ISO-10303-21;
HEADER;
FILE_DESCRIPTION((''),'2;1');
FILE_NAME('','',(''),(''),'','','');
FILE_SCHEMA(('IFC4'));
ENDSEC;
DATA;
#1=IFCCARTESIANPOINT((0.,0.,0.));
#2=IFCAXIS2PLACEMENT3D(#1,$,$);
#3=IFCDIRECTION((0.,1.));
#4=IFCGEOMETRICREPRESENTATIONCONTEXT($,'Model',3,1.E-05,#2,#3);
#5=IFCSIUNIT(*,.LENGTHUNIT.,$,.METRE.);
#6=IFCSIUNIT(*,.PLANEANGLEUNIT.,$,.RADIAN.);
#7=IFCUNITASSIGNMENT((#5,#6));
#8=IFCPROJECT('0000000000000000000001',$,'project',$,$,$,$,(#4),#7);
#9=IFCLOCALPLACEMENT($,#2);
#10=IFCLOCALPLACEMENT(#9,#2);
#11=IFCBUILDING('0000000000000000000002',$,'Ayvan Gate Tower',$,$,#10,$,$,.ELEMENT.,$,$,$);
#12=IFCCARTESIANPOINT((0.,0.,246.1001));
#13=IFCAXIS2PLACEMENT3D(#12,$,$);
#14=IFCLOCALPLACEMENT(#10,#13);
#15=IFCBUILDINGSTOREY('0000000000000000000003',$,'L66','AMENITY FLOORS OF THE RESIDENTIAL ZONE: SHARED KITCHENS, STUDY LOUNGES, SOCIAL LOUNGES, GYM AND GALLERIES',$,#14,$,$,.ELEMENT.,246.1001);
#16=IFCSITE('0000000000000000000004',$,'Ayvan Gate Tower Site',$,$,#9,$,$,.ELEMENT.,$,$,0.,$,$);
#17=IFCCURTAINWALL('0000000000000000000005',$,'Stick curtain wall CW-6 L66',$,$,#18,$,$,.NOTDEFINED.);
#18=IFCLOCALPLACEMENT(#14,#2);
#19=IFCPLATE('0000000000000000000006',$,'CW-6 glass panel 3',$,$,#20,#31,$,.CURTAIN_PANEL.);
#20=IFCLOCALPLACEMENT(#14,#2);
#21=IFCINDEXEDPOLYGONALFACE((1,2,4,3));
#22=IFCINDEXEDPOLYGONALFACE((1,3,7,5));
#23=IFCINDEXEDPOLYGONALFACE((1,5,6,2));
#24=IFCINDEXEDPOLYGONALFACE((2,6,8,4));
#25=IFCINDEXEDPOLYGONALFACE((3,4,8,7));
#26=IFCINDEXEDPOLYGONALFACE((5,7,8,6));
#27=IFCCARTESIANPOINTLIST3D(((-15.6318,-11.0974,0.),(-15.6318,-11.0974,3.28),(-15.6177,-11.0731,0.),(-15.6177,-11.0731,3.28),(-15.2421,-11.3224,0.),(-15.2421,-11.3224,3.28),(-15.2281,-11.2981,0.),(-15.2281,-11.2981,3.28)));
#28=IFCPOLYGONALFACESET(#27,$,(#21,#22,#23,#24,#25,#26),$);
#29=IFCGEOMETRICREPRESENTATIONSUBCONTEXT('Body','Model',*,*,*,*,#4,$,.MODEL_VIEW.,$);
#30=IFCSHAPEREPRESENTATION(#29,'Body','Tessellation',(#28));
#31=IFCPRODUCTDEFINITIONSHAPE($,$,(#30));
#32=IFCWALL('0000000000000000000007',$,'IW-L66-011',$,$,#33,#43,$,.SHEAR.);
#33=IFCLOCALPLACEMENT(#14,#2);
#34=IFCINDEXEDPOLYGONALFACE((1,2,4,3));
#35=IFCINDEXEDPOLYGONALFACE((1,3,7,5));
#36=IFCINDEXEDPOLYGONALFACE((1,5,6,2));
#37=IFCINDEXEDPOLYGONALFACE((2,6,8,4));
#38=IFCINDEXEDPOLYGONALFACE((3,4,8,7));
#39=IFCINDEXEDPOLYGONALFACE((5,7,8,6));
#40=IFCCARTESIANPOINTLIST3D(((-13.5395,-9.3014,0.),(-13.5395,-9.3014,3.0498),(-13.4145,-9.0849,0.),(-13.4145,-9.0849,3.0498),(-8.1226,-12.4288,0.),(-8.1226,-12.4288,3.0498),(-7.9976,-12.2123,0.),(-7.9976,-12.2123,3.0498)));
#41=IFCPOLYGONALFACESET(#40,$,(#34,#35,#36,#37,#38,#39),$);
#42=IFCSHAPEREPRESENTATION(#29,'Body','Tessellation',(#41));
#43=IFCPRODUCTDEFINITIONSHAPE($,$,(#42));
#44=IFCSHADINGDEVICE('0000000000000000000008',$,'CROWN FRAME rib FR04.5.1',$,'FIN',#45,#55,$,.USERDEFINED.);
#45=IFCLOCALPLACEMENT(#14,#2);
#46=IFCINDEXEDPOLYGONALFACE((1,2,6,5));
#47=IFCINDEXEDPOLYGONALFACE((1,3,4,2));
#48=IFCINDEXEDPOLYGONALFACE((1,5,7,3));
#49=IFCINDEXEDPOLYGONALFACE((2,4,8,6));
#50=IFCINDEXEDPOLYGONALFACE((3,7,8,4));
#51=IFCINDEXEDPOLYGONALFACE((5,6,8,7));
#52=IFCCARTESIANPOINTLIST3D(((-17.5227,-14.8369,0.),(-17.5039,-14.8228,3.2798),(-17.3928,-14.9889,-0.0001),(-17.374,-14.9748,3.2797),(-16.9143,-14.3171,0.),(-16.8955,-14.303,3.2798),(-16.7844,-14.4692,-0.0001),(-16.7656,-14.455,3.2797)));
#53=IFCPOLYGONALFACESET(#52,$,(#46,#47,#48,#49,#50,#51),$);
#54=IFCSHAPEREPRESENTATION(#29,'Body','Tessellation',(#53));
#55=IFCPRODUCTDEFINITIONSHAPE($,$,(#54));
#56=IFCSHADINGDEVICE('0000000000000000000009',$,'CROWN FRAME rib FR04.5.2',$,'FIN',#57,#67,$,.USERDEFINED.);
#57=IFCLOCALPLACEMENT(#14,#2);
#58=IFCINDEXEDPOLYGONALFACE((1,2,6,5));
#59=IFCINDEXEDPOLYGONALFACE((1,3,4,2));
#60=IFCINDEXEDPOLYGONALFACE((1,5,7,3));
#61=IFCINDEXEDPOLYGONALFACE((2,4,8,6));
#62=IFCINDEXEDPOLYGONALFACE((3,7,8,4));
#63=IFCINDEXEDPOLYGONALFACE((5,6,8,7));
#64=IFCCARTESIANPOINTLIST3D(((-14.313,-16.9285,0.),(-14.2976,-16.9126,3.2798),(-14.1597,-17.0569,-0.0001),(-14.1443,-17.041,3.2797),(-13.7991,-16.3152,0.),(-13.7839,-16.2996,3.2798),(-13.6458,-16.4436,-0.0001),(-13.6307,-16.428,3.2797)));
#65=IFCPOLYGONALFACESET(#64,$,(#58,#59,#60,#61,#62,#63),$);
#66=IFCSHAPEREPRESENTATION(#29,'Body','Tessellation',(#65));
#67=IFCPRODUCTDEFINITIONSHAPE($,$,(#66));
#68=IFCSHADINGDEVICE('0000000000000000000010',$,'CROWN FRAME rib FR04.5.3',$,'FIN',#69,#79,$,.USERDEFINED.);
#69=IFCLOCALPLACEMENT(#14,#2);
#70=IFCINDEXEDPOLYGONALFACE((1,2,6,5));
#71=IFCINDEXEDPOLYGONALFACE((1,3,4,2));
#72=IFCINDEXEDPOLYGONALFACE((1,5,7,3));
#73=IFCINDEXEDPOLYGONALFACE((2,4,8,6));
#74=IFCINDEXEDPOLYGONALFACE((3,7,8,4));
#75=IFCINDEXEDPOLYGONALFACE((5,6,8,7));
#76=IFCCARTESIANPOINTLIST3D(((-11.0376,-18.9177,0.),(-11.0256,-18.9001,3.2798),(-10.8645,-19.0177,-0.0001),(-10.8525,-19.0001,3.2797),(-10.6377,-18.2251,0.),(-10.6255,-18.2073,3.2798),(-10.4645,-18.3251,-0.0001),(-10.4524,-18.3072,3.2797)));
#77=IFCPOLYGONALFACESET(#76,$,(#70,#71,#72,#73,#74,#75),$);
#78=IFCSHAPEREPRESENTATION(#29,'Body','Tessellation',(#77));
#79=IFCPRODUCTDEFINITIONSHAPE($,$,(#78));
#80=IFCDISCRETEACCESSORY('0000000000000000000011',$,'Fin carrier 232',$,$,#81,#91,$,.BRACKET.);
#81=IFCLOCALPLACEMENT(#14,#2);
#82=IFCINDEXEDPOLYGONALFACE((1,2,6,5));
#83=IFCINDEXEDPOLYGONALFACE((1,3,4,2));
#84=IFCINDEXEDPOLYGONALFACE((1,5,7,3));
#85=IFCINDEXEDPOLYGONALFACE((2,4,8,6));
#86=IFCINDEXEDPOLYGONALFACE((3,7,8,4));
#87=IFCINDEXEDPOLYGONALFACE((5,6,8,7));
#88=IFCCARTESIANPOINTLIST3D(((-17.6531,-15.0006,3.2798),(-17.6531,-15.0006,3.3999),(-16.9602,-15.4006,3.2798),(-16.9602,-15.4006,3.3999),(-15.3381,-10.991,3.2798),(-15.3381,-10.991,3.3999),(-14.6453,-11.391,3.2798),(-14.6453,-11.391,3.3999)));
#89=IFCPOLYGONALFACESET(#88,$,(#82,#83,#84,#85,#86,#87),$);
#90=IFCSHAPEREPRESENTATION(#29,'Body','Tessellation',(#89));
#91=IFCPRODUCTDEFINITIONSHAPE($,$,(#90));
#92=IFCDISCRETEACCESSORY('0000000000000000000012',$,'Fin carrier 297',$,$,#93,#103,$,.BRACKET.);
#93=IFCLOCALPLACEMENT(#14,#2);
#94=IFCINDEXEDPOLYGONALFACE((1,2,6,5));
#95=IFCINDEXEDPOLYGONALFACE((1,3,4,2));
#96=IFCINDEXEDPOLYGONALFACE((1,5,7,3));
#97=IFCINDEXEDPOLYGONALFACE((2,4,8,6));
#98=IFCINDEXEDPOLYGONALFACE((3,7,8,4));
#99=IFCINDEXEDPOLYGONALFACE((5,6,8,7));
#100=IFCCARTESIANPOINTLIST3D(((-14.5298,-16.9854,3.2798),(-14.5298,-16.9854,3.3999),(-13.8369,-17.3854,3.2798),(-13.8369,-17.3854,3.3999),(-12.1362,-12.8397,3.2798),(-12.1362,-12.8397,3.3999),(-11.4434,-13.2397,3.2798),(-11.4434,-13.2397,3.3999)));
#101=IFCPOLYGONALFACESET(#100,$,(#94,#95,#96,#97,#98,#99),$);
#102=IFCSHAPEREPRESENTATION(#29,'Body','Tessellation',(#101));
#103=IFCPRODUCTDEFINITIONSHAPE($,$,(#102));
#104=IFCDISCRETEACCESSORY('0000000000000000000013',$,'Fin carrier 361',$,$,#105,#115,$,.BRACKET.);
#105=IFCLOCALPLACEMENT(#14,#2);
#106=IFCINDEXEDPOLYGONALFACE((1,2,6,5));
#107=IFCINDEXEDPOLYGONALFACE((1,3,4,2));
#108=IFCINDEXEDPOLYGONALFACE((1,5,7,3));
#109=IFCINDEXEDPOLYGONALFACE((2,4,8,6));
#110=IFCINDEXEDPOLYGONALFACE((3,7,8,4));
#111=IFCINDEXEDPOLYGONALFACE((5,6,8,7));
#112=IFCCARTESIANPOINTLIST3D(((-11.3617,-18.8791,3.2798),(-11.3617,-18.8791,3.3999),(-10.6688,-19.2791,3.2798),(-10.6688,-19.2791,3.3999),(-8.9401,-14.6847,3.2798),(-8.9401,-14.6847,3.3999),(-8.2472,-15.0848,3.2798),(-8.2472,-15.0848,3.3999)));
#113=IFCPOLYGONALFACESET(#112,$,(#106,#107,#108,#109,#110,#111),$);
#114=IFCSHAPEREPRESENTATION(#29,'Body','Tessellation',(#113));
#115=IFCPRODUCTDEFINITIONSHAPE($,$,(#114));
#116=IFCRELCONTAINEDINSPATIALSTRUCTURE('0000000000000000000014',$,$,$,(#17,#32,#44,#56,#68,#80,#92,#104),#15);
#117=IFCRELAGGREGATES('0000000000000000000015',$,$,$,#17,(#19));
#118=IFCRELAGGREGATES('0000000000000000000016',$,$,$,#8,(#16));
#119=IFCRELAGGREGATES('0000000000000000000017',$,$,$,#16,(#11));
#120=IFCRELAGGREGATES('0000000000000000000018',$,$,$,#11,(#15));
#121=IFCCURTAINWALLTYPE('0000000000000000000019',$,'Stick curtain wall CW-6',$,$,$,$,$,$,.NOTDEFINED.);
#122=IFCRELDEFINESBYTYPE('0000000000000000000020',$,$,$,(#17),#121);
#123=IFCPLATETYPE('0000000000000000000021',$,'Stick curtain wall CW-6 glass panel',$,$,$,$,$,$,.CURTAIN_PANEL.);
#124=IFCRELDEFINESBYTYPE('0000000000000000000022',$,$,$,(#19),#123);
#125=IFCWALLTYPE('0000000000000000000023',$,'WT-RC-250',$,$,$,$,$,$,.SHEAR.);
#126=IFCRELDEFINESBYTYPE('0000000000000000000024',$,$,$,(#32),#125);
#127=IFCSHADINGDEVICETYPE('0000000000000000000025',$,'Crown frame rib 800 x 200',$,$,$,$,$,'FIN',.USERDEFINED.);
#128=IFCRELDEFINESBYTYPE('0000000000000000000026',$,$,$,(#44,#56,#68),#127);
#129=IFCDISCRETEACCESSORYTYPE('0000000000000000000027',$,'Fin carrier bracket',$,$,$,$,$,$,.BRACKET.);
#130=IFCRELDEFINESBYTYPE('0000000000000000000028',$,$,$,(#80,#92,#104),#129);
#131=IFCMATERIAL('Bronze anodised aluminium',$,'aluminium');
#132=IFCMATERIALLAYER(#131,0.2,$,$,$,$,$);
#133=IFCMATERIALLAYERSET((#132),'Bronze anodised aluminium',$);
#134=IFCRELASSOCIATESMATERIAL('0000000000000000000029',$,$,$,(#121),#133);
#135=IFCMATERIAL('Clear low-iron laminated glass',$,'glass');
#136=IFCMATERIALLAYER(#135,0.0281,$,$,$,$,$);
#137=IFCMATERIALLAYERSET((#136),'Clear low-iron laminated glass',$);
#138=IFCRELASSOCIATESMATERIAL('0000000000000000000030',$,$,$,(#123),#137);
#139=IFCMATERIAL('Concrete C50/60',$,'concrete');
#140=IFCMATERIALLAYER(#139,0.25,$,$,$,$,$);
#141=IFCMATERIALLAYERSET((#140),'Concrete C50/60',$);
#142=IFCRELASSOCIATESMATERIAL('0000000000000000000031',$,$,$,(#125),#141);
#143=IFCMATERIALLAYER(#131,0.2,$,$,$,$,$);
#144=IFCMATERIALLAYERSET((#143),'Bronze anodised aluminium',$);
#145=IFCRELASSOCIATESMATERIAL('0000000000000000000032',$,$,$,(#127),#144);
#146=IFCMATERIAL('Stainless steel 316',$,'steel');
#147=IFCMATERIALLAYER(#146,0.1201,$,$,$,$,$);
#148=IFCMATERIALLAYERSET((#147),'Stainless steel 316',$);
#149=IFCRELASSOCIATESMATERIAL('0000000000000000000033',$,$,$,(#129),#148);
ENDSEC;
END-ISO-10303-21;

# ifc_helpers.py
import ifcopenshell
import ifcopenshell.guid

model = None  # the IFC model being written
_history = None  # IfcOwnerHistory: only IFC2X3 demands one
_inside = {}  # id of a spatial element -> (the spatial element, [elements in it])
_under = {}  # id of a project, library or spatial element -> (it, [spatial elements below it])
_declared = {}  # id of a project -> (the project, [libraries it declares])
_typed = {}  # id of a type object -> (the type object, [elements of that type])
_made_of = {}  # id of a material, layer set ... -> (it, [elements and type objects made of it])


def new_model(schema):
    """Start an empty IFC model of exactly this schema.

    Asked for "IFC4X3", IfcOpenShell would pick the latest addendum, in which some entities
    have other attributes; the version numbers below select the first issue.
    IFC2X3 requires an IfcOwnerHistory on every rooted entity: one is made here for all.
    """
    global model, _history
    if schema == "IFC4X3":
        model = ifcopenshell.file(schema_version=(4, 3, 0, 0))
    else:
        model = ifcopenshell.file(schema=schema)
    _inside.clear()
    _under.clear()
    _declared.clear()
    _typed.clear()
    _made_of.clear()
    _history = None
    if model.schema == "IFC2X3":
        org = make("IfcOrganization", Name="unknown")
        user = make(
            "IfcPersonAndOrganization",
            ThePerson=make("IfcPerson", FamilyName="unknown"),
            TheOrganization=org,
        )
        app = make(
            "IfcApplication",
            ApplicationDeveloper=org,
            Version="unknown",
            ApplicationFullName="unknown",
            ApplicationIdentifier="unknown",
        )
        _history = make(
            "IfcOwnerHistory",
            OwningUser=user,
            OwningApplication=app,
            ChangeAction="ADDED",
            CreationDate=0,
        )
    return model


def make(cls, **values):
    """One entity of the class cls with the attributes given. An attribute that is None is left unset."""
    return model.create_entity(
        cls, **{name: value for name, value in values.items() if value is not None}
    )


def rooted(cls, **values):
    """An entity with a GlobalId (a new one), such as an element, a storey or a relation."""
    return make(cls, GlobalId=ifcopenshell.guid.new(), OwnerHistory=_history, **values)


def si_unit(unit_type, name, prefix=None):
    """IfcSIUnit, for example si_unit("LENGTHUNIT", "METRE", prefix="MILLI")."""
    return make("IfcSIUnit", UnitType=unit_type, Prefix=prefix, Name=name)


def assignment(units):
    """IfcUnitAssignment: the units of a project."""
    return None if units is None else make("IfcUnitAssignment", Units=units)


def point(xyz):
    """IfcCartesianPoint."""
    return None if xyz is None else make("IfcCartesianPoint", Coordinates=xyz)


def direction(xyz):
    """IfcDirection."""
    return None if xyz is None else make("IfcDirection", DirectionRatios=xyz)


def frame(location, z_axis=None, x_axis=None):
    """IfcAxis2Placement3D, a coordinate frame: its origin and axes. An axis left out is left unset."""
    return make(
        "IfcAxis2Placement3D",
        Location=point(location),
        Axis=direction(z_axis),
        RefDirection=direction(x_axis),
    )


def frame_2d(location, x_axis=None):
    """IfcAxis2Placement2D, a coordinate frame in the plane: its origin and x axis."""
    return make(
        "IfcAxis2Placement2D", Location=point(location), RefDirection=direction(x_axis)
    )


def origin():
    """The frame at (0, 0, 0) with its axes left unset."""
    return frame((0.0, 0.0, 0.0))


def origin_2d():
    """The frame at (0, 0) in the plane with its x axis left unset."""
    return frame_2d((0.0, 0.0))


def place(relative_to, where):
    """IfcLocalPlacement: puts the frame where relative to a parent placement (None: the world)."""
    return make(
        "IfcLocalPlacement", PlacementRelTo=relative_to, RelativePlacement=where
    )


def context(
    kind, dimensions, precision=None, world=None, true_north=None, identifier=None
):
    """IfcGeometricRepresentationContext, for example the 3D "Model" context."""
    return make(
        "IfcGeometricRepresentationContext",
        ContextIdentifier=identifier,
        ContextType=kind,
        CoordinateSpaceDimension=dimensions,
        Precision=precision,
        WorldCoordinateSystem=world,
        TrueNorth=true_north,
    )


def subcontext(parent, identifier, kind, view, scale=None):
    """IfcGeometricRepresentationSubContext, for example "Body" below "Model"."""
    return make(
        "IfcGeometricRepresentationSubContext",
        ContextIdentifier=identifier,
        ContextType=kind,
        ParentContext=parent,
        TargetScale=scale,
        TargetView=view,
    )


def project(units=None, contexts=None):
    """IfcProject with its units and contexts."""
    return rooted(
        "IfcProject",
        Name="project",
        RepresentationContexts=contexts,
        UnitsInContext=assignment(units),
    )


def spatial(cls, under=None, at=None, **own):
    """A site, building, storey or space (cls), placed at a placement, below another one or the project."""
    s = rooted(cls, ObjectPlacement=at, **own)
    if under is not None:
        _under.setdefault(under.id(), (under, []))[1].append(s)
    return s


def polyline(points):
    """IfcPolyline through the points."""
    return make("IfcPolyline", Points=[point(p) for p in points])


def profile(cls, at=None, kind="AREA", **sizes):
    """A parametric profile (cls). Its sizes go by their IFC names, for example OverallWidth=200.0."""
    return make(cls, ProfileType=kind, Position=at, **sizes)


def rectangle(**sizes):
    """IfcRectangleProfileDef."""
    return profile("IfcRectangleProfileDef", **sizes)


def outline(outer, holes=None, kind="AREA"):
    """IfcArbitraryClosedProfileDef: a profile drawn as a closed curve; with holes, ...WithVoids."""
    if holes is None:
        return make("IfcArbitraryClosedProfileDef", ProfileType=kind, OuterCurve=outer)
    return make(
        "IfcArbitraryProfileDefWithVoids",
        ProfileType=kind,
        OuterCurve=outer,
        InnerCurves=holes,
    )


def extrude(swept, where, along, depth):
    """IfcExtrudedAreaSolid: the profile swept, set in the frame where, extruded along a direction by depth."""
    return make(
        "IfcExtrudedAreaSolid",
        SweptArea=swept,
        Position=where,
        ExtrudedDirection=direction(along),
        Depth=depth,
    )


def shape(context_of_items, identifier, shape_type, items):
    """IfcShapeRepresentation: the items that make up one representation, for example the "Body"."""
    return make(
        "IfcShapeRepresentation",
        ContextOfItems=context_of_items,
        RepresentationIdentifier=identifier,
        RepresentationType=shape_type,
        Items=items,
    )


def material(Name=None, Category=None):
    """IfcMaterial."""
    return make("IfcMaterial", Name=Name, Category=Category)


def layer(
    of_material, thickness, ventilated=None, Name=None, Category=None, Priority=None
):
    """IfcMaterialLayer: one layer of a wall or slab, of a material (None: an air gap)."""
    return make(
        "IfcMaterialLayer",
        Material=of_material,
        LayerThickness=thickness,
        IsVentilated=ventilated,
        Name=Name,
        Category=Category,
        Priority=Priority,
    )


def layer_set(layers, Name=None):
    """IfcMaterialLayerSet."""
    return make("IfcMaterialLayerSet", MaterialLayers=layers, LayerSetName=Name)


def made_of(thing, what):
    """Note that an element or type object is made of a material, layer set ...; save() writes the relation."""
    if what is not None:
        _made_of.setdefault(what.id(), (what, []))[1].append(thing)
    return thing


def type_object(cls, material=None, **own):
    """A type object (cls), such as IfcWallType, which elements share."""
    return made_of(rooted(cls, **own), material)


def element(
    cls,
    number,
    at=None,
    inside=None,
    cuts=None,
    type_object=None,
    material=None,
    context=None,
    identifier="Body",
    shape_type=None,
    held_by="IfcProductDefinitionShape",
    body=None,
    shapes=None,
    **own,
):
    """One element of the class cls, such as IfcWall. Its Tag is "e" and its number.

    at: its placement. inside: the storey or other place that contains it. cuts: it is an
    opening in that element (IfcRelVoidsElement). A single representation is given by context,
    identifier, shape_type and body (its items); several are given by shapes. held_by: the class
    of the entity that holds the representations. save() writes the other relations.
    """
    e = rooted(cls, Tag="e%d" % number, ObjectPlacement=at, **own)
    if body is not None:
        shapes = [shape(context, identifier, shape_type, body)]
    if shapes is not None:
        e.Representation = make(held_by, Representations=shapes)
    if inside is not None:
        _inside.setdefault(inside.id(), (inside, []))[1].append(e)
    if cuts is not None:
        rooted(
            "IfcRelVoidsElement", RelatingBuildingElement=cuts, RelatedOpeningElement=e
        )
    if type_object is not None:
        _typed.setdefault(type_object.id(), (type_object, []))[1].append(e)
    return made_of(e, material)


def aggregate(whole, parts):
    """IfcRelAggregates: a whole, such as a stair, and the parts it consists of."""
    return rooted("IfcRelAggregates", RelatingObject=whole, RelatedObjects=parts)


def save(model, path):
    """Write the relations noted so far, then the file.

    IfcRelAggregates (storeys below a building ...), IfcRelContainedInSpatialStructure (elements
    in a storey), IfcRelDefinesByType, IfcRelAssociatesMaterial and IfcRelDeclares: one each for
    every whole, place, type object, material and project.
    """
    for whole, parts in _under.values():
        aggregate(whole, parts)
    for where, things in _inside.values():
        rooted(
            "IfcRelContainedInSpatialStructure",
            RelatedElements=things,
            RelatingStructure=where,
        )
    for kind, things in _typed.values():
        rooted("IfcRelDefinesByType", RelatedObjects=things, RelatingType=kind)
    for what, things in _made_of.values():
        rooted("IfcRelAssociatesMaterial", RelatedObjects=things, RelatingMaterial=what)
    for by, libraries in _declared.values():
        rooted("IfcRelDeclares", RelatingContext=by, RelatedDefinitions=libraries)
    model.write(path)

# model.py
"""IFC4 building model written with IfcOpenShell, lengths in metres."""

from ifc_helpers import new_model, si_unit, direction, frame, frame_2d, origin, origin_2d, place, context, subcontext, project, spatial, polyline, rectangle, outline, extrude, material, layer, layer_set, type_object, element, aggregate, save


model = new_model("IFC4")

# Units and contexts
model_context = context("Model", 3, precision=1e-05, world=origin(), true_north=direction((0.0, 1.0)))
body_context = subcontext(model_context, "Body", "Model", "MODEL_VIEW")
ifc_project = project(units=[si_unit("LENGTHUNIT", "METRE"), si_unit("PLANEANGLEUNIT", "RADIAN")], contexts=[model_context])

# Site, building, storey
site_placement = place(None, origin())
site = spatial("IfcSite", under=ifc_project, at=site_placement, Name="Ayvan Gate Tower Site", CompositionType="ELEMENT", RefElevation=0.0)
building_placement = place(site_placement, origin())
building = spatial("IfcBuilding", under=site, at=building_placement, Name="Ayvan Gate Tower", CompositionType="ELEMENT")
storey_placement = place(building_placement, frame((0.0, 0.0, 246.1001)))
storey = spatial("IfcBuildingStorey", under=building, at=storey_placement, Name="L66", Description="AMENITY FLOORS OF THE RESIDENTIAL ZONE: SHARED KITCHENS, STUDY LOUNGES, SOCIAL LOUNGES, GYM AND GALLERIES", CompositionType="ELEMENT", Elevation=246.1001)

# Shared definitions
ifc_material_1 = material(Name="Concrete C50/60", Category="concrete")

# Shared definitions
ifc_material_2 = material(Name="Bronze anodised aluminium", Category="aluminium")

# Curtain wall
ifc_layer_1 = layer(ifc_material_2, 0.2)
ifc_layer_set_1 = layer_set([ifc_layer_1], Name="Bronze anodised aluminium")
curtain_wall_type_1 = type_object("IfcCurtainWallType", Name="Stick curtain wall CW-6", PredefinedType="NOTDEFINED", material=ifc_layer_set_1)
curtain_wall_1_placement = place(storey_placement, origin())
curtain_wall_1 = element("IfcCurtainWall", 1, at=curtain_wall_1_placement, inside=storey, type_object=curtain_wall_type_1, Name="Stick curtain wall CW-6 L66", PredefinedType="NOTDEFINED")

# Plate
ifc_material_3 = material(Name="Clear low-iron laminated glass", Category="glass")
ifc_layer_2 = layer(ifc_material_3, 0.0281)
ifc_layer_set_2 = layer_set([ifc_layer_2], Name="Clear low-iron laminated glass")
plate_type_1 = type_object("IfcPlateType", Name="Stick curtain wall CW-6 glass panel", PredefinedType="CURTAIN_PANEL", material=ifc_layer_set_2)
plate_1_placement = place(storey_placement, frame((-15.4299, -11.1978, 0.0), z_axis=(0.0, 0.0, 1.0), x_axis=(0.866025, -0.5, 0.0)))
plate_1 = element("IfcPlate", 2, at=plate_1_placement, type_object=plate_type_1, Name="CW-6 glass panel 3", PredefinedType="CURTAIN_PANEL", context=body_context, shape_type="SweptSolid", body=[
    extrude(rectangle(XDim=0.45, YDim=0.0281, at=origin_2d()), origin(), (0.0, 0.0, 1.0), 3.28),
])
aggregate(curtain_wall_1, [plate_1])

# Wall
ifc_layer_3 = layer(ifc_material_1, 0.25)
ifc_layer_set_3 = layer_set([ifc_layer_3], Name="Concrete C50/60")
wall_type = type_object("IfcWallType", Name="WT-RC-250", PredefinedType="SHEAR", material=ifc_layer_set_3)
wall_placement = place(storey_placement, frame((-8.0601, -12.3206, 0.0), z_axis=(0.0, 0.0, 1.0), x_axis=(-0.86603, 0.499993, 0.0)))
element("IfcWall", 3, at=wall_placement, inside=storey, type_object=wall_type, Name="IW-L66-011", PredefinedType="SHEAR", context=body_context, shape_type="SweptSolid", body=[
    extrude(rectangle(XDim=6.2549, YDim=0.25, at=frame_2d((3.1274, 0.0))), origin(), (0.0, 0.0, 1.0), 3.0498),
])

# Shading devices
ifc_layer_4 = layer(ifc_material_2, 0.2)
ifc_layer_set_4 = layer_set([ifc_layer_4], Name="Bronze anodised aluminium")
shading_device_type = type_object("IfcShadingDeviceType", Name="Crown frame rib 800 x 200", ElementType="FIN", PredefinedType="USERDEFINED", material=ifc_layer_set_4)
shading_device_1_placement = place(storey_placement, frame((-16.9143, -14.3171, 0.0), z_axis=(-0.649559, 0.760311, 0.000441), x_axis=(-0.760311, -0.649559, 0.0)))
element("IfcShadingDevice", 4, at=shading_device_1_placement, inside=storey, type_object=shading_device_type, Name="CROWN FRAME rib FR04.5.1", ObjectType="FIN", PredefinedType="USERDEFINED", context=body_context, shape_type="SweptSolid", body=[
    extrude(outline(polyline([(0.0, 0.0), (0.8002, 0.0), (0.7767, 3.2798), (-0.0235, 3.2798), (0.0, 0.0)])), origin(), (0.0, 0.0, -1.0), 0.2),
])
shading_device_2_placement = place(storey_placement, frame((-13.7991, -16.3152, 0.0), z_axis=(-0.76648, 0.642268, 0.000482), x_axis=(-0.642268, -0.76648, 0.0)))
element("IfcShadingDevice", 5, at=shading_device_2_placement, inside=storey, type_object=shading_device_type, Name="CROWN FRAME rib FR04.5.2", ObjectType="FIN", PredefinedType="USERDEFINED", context=body_context, shape_type="SweptSolid", body=[
    extrude(outline(polyline([(0.0, 0.0), (0.8001, 0.0), (0.7781, 3.2798), (-0.0217, 3.2798), (0.0, 0.0)])), origin(), (0.0, 0.0, -1.0), 0.2),
])
shading_device_3_placement = place(storey_placement, frame((-10.6377, -18.2251, 0.0), z_axis=(-0.86599, 0.500061, 0.000492), x_axis=(-0.500061, -0.86599, 0.0)))
element("IfcShadingDevice", 6, at=shading_device_3_placement, inside=storey, type_object=shading_device_type, Name="CROWN FRAME rib FR04.5.3", ObjectType="FIN", PredefinedType="USERDEFINED", context=body_context, shape_type="SweptSolid", body=[
    extrude(outline(polyline([(0.0, 0.0), (0.7998, 0.0), (0.7786, 3.2798), (-0.0215, 3.2798), (0.0, 0.0)])), origin(), (0.0, 0.0, -1.0), 0.2),
])

# Discrete accessories
ifc_material_4 = material(Name="Stainless steel 316", Category="steel")
ifc_layer_5 = layer(ifc_material_4, 0.1201)
ifc_layer_set_5 = layer_set([ifc_layer_5], Name="Stainless steel 316")
discrete_accessory_type = type_object("IfcDiscreteAccessoryType", Name="Fin carrier bracket", PredefinedType="BRACKET", material=ifc_layer_set_5)
discrete_accessory_1_placement = place(storey_placement, frame((-16.1492, -13.1958, 3.2798), z_axis=(0.0, 0.0, 1.0), x_axis=(0.866025, -0.5, 0.0)))
element("IfcDiscreteAccessory", 7, at=discrete_accessory_1_placement, inside=storey, type_object=discrete_accessory_type, Name="Fin carrier 232", PredefinedType="BRACKET", context=body_context, shape_type="SweptSolid", body=[
    extrude(rectangle(XDim=0.8, YDim=4.6299, at=origin_2d()), origin(), (0.0, 0.0, 1.0), 0.1201),
])
discrete_accessory_2_placement = place(storey_placement, frame((-12.9866, -15.1125, 3.2798), z_axis=(0.0, 0.0, 1.0), x_axis=(0.866025, -0.5, 0.0)))
element("IfcDiscreteAccessory", 8, at=discrete_accessory_2_placement, inside=storey, type_object=discrete_accessory_type, Name="Fin carrier 297", PredefinedType="BRACKET", context=body_context, shape_type="SweptSolid", body=[
    extrude(rectangle(XDim=0.8, YDim=4.7871, at=origin_2d()), origin(), (0.0, 0.0, 1.0), 0.1201),
])
discrete_accessory_3_placement = place(storey_placement, frame((-9.8044, -16.9819, 3.2798), z_axis=(0.0, 0.0, 1.0), x_axis=(0.866025, -0.5, 0.0)))
element("IfcDiscreteAccessory", 9, at=discrete_accessory_3_placement, inside=storey, type_object=discrete_accessory_type, Name="Fin carrier 361", PredefinedType="BRACKET", context=body_context, shape_type="SweptSolid", body=[
    extrude(rectangle(XDim=0.8, YDim=4.8433, at=origin_2d()), origin(), (0.0, 0.0, 1.0), 0.1201),
])

save(model, "model.ifc")
